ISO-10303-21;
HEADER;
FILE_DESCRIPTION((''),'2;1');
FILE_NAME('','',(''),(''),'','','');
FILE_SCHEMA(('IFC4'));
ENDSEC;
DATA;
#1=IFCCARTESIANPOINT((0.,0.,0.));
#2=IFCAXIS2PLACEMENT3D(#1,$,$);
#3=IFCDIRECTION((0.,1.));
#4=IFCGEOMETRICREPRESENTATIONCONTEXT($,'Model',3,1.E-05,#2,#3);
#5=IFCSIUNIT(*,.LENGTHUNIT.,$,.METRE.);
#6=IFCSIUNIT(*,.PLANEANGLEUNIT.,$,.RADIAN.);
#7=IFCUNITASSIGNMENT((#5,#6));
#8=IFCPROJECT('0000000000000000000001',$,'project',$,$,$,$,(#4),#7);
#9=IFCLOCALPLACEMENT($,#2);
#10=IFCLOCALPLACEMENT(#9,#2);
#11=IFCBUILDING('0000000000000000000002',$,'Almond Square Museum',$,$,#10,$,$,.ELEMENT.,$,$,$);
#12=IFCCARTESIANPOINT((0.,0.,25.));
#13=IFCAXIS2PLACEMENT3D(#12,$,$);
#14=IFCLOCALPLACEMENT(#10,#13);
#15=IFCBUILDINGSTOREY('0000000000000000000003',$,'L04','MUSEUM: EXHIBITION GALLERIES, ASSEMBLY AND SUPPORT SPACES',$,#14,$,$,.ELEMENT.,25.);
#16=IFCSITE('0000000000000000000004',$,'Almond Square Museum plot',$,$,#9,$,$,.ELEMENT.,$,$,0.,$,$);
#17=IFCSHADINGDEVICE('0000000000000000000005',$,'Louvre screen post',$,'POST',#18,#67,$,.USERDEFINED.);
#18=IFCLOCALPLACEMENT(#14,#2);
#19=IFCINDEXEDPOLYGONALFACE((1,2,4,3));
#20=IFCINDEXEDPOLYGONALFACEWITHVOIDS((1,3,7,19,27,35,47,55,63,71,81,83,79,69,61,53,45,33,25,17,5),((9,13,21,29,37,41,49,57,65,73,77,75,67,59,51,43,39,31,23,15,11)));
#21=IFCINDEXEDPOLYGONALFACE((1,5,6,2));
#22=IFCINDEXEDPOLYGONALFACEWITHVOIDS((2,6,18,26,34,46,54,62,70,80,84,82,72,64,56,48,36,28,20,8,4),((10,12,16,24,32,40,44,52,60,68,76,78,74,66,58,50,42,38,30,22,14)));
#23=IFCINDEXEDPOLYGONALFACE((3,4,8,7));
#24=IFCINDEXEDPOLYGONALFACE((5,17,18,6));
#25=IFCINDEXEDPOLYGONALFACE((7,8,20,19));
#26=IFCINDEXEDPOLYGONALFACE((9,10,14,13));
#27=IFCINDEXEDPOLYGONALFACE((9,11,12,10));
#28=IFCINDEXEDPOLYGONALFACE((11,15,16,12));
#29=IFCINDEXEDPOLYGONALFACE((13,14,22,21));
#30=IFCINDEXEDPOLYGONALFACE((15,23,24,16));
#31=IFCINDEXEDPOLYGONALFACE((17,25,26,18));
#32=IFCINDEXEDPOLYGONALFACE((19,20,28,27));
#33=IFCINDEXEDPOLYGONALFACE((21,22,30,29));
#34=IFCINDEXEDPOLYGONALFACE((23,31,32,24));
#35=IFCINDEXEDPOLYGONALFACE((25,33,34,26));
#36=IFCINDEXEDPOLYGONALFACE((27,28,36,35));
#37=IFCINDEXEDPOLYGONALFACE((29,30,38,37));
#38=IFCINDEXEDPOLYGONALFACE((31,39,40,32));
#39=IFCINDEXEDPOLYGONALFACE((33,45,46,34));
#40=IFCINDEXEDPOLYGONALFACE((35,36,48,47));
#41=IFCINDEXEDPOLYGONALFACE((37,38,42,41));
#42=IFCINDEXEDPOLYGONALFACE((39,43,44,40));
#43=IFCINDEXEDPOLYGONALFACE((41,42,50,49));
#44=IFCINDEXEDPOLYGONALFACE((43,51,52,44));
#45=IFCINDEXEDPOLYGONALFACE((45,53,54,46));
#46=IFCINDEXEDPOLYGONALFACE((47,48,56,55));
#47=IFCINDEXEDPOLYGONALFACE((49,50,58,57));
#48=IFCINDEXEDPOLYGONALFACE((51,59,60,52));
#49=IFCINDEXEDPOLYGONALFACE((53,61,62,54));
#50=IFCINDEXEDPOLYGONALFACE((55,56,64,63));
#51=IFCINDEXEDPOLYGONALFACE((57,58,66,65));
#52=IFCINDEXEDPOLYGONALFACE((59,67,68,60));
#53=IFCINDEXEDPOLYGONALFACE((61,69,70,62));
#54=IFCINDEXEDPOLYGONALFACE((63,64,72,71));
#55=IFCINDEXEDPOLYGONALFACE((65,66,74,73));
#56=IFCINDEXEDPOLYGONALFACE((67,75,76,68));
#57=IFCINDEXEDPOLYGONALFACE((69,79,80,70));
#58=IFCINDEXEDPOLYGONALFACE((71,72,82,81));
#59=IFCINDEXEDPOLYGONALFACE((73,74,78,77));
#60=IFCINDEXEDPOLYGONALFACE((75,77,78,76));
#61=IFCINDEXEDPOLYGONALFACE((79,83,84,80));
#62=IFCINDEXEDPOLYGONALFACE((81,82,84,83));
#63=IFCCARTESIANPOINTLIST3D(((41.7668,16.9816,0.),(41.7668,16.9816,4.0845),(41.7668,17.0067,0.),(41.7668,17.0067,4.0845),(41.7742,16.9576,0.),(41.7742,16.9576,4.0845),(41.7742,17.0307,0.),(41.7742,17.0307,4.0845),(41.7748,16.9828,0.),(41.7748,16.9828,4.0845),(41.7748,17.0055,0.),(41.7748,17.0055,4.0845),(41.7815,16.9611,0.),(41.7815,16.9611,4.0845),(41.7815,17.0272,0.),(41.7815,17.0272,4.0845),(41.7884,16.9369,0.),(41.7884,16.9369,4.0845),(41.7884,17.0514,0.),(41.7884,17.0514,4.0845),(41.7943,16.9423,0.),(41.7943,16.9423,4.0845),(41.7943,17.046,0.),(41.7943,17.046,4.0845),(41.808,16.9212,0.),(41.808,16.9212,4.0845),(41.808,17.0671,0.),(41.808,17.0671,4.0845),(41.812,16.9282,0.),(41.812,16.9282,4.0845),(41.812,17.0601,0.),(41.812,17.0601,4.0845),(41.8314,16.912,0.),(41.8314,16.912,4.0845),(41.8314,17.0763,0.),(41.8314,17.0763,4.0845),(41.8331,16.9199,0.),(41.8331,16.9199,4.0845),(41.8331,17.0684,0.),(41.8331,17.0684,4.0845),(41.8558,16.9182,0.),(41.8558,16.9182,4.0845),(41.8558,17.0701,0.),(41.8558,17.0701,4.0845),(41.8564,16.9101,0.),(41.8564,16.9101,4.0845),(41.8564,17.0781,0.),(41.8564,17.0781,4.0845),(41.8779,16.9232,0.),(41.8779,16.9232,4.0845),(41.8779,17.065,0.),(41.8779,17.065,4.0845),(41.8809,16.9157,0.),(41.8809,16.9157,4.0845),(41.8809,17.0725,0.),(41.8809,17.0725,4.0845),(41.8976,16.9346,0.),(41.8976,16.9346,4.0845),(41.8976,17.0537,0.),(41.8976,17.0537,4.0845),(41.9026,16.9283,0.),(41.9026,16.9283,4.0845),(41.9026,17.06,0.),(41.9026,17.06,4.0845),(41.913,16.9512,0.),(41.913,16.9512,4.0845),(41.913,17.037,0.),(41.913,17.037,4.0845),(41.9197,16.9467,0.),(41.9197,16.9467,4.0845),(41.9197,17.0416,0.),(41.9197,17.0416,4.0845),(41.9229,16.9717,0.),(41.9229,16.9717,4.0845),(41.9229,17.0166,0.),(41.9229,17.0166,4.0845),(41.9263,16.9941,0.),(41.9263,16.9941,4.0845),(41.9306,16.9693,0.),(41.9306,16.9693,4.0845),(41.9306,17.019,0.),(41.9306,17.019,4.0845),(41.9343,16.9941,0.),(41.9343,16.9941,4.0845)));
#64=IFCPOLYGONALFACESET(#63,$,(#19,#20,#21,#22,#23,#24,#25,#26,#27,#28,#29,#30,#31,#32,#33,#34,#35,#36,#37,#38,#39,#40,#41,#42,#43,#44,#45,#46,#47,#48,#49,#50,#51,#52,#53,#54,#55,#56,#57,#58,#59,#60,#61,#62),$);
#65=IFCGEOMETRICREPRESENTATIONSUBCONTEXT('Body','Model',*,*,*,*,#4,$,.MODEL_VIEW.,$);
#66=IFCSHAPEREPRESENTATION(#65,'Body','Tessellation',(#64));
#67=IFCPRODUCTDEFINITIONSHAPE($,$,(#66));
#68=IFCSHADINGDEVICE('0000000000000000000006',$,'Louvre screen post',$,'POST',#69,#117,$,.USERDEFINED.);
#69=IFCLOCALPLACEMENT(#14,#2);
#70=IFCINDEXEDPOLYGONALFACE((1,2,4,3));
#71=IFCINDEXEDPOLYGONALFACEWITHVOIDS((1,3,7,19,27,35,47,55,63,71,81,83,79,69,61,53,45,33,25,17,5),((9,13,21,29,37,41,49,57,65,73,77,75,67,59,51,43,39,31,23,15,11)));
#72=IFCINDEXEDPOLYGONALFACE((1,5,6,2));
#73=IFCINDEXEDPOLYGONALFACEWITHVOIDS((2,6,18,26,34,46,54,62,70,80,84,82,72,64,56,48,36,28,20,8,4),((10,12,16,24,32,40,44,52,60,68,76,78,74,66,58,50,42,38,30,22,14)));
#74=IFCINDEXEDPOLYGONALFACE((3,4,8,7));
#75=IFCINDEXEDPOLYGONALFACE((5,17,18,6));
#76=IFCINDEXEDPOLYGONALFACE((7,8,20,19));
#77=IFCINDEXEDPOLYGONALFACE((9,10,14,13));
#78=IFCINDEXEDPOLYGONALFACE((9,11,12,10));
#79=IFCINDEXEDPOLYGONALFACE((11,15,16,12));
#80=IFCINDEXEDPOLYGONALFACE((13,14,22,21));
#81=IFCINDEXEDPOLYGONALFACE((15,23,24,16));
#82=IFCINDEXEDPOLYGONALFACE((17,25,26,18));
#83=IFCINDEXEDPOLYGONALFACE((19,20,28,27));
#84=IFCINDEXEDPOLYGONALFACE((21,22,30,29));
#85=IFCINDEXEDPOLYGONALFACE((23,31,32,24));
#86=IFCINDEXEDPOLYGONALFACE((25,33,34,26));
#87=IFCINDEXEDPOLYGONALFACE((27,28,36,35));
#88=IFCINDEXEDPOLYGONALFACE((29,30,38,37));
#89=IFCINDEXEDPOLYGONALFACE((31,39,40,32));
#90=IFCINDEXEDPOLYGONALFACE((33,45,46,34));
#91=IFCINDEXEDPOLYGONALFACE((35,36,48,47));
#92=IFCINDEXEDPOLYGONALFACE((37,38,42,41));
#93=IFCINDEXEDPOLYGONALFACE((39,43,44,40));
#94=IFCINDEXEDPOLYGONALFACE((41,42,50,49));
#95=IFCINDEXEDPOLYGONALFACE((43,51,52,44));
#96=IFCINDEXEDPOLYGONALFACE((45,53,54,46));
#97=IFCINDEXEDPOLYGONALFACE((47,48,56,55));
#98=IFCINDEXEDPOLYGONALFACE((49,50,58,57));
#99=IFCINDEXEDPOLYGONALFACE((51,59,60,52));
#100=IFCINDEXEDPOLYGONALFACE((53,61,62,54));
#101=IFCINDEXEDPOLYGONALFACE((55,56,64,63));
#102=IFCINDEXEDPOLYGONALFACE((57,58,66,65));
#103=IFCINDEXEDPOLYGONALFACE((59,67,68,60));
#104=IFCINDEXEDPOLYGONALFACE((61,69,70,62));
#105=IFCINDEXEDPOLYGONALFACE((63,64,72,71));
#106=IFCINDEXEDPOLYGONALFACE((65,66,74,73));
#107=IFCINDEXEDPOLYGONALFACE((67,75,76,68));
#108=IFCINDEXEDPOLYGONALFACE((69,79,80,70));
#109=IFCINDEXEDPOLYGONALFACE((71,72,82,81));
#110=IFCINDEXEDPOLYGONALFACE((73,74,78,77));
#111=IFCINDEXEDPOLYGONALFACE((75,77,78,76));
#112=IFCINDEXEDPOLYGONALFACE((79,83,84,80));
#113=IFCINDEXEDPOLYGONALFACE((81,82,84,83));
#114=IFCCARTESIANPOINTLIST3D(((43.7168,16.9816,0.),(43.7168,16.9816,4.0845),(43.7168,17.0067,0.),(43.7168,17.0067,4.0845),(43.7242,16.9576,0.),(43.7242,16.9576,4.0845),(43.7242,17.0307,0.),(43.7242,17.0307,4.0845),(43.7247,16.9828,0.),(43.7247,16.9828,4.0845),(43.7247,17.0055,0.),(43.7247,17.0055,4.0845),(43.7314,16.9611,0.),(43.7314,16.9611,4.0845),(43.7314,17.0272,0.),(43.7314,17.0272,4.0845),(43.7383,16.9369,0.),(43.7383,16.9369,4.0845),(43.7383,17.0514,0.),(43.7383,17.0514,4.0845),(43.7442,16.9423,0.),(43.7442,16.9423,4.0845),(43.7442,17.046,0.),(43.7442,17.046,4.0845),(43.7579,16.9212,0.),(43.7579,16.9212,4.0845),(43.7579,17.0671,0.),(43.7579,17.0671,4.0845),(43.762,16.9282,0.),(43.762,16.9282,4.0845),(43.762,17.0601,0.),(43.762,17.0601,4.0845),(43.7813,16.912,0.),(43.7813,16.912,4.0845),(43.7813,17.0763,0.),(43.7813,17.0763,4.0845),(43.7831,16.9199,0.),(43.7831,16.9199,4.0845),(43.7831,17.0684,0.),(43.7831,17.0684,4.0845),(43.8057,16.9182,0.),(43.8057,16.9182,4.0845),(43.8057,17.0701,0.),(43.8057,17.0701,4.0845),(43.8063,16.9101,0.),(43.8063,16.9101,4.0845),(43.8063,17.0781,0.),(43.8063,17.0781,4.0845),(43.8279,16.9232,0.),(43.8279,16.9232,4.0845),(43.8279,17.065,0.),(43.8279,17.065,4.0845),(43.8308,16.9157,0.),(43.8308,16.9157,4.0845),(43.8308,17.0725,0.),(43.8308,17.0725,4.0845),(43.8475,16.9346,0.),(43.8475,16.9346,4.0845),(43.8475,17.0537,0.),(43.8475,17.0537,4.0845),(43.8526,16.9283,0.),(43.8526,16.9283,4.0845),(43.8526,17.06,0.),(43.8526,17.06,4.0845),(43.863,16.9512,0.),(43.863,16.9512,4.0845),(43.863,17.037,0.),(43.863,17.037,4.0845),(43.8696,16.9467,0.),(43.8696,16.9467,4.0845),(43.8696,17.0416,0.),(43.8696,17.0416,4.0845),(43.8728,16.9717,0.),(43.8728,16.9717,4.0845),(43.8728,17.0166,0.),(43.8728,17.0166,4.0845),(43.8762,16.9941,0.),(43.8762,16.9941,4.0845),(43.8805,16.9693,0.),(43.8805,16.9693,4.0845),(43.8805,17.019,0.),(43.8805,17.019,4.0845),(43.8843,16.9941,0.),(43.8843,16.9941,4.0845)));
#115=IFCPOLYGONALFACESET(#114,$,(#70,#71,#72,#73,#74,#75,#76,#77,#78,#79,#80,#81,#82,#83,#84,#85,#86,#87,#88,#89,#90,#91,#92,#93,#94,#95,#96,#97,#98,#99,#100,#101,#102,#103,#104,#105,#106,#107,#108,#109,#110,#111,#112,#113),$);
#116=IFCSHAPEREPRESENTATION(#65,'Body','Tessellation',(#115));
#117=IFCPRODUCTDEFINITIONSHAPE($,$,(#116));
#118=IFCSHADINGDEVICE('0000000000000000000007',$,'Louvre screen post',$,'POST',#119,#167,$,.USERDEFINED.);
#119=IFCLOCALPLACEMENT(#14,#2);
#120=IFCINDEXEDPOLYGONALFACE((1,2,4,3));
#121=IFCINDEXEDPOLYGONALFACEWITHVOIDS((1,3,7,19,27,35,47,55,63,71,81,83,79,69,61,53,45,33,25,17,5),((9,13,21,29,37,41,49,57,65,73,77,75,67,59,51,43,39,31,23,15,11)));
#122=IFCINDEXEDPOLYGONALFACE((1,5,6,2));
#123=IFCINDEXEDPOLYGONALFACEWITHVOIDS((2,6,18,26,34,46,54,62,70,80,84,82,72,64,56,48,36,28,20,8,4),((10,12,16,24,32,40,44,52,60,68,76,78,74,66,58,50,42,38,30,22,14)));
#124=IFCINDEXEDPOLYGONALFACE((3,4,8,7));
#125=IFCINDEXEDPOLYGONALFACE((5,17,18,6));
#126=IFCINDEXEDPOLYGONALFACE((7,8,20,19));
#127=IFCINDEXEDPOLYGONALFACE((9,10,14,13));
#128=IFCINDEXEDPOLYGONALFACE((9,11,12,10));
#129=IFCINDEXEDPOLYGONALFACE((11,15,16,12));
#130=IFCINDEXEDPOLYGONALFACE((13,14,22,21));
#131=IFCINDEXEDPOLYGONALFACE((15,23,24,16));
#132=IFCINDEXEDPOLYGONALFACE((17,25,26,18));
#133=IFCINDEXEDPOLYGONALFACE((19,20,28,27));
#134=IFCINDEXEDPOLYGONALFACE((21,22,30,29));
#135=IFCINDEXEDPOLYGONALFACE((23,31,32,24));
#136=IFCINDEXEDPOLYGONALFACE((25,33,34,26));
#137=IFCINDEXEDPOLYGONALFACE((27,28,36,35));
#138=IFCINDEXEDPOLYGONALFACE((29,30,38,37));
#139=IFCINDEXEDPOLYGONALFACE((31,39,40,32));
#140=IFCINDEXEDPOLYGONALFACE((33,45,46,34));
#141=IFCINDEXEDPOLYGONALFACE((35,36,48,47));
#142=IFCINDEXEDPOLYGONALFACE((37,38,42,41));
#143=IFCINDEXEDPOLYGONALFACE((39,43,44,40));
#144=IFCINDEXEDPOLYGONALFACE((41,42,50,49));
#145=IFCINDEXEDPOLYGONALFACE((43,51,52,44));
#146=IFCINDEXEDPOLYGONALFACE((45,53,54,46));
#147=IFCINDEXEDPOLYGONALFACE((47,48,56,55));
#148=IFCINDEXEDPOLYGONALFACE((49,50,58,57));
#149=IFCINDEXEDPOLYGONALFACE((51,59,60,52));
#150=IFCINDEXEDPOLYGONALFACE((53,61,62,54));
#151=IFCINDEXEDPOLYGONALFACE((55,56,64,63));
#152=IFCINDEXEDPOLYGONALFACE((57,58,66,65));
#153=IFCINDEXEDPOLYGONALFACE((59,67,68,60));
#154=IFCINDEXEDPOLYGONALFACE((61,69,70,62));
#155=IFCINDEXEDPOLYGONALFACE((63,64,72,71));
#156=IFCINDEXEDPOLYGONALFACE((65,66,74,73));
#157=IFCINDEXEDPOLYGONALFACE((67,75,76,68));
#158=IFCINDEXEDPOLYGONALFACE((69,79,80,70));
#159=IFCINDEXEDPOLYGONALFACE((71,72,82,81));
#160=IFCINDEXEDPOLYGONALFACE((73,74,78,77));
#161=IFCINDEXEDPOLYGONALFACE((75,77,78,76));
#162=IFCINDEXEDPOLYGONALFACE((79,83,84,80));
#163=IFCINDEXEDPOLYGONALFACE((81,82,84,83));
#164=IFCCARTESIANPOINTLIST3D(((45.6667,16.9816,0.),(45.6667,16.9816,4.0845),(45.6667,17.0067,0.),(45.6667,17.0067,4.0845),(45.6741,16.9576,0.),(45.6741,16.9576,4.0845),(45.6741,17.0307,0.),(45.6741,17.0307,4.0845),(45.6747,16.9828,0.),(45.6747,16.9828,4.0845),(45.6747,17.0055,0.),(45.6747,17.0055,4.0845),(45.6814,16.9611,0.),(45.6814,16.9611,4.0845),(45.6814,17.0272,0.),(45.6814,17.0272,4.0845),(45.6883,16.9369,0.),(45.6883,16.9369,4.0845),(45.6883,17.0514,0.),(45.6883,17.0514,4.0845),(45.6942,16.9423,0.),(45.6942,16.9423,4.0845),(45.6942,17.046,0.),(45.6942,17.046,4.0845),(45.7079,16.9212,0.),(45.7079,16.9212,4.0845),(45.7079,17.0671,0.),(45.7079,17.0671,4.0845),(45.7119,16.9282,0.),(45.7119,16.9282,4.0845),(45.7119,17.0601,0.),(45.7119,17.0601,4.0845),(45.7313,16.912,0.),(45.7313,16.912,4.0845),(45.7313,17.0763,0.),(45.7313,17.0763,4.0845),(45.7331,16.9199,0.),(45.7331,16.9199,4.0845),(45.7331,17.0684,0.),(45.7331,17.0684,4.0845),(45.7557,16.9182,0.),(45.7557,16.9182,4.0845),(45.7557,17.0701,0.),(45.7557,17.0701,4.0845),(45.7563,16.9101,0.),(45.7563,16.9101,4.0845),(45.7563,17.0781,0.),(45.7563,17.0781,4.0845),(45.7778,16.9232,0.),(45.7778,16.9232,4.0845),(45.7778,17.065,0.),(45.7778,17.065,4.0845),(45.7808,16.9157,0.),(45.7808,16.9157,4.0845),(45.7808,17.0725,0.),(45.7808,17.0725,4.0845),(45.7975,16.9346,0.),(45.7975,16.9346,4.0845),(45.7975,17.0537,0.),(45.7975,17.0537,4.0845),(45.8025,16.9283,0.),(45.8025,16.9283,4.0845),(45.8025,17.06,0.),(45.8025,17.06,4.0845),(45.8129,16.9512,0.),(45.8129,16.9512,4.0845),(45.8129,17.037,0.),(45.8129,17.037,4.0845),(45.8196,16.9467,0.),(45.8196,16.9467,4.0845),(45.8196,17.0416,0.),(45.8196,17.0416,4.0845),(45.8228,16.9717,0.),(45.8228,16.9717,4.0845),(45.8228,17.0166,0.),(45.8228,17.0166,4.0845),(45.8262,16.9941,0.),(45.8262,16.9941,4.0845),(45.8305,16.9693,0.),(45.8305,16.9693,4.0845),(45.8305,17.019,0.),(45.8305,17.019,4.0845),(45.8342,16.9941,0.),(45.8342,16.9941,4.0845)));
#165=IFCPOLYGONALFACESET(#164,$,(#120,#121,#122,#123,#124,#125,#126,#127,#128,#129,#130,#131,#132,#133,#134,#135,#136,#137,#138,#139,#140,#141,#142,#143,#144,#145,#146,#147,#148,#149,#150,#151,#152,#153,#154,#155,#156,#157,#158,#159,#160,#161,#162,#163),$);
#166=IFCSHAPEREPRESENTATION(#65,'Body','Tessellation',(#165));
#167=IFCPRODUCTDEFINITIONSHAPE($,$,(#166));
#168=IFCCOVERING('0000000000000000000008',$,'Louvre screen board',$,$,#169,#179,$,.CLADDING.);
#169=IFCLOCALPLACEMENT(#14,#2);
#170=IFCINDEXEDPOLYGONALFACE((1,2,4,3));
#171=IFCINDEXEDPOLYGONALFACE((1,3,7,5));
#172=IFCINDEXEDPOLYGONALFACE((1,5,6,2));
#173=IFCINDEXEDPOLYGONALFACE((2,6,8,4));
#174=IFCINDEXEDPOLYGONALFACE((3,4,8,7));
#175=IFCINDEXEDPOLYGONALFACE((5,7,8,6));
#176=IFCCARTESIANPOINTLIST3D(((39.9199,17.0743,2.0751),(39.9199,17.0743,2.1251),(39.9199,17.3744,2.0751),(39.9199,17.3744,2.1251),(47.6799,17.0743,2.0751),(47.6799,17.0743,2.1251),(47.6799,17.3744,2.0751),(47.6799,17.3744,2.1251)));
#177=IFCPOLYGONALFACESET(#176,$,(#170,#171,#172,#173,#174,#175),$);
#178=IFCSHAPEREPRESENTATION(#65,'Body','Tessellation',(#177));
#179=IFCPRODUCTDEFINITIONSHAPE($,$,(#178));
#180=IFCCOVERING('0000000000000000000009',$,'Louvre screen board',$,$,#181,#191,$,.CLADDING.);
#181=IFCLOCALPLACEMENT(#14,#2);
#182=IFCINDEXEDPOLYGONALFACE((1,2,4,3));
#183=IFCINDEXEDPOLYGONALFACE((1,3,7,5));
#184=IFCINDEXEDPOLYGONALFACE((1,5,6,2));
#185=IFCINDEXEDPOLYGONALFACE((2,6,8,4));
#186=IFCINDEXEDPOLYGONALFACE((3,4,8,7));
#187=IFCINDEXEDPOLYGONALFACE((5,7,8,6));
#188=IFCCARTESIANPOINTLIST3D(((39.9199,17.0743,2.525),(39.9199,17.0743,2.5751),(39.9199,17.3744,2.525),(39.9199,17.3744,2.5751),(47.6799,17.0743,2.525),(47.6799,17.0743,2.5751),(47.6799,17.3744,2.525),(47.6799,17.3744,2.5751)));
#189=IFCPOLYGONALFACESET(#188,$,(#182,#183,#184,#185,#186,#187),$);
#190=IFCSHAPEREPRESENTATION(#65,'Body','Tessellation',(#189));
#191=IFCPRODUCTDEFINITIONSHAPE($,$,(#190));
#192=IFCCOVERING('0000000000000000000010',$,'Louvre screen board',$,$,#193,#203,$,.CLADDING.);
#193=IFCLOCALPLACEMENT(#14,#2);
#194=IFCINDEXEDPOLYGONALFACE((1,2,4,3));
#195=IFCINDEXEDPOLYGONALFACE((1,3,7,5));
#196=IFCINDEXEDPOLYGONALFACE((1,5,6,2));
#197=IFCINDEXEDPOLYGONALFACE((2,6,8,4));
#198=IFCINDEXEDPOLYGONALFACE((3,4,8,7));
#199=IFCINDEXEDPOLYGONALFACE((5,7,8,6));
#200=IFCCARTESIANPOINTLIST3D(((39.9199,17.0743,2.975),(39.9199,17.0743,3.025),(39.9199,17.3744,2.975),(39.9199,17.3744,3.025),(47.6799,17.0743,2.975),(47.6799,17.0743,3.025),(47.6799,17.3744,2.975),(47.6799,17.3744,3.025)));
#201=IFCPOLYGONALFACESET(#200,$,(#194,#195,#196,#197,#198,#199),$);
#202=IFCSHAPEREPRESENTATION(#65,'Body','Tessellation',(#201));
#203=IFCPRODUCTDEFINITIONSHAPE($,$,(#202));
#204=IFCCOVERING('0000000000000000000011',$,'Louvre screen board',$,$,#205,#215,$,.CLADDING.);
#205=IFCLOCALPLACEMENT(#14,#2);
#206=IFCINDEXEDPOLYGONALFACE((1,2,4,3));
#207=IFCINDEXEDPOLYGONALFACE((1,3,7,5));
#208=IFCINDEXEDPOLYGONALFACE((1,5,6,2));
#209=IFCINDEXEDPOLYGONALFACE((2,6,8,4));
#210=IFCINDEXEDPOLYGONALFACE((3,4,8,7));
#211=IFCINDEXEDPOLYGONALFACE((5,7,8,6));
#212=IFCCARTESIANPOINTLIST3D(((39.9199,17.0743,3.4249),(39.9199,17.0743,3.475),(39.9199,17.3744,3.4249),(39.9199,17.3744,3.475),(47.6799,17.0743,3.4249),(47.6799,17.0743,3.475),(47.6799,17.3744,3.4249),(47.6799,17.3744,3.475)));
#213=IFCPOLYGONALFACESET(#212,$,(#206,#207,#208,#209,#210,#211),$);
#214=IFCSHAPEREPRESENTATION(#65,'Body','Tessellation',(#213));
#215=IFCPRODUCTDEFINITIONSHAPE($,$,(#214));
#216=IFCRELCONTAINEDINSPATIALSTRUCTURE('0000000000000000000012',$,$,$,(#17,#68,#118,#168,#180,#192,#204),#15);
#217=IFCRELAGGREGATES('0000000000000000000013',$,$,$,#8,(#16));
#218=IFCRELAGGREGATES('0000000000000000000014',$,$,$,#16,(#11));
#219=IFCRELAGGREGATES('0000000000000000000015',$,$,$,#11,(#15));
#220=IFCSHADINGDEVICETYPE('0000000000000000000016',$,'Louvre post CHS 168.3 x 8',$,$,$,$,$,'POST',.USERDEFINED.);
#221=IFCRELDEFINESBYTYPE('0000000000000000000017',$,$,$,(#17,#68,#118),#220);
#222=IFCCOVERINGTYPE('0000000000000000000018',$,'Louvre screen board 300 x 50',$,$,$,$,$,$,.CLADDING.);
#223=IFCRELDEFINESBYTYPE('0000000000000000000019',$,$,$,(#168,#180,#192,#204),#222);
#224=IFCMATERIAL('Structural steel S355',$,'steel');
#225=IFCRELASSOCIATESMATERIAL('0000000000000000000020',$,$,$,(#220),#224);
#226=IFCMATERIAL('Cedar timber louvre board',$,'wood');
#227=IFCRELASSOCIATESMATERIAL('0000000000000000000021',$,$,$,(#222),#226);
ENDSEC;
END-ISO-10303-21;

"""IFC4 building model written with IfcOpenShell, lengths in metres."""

from ifc_helpers import new_model, si_unit, direction, frame, origin, origin_2d, place, context, subcontext, project, spatial, rectangle, hollow_circle, extrude, material, material_profile, profile_set, type_object, element, save


model = new_model("IFC4")

# Units and contexts
model_context = context("Model", 3, precision=1e-05, world=origin(), true_north=direction((0.0, 1.0)))
body_context = subcontext(model_context, "Body", "Model", "MODEL_VIEW")
ifc_project = project(units=[si_unit("LENGTHUNIT", "METRE"), si_unit("PLANEANGLEUNIT", "RADIAN")], contexts=[model_context])

# Site, building, storey
site_placement = place(None, origin())
site = spatial("IfcSite", under=ifc_project, at=site_placement, Name="Almond Square Museum plot", CompositionType="ELEMENT", RefElevation=0.0)
building_placement = place(site_placement, origin())
building = spatial("IfcBuilding", under=site, at=building_placement, Name="Almond Square Museum", CompositionType="ELEMENT")
storey_placement = place(building_placement, frame((0.0, 0.0, 25.0)))
storey = spatial("IfcBuildingStorey", under=building, at=storey_placement, Name="L04", Description="MUSEUM: EXHIBITION GALLERIES, ASSEMBLY AND SUPPORT SPACES", CompositionType="ELEMENT", Elevation=25.0)

# Shading devices
ifc_material_1 = material(Name="Structural steel S355", Category="steel")
ifc_material_profile_1 = material_profile(ifc_material_1, hollow_circle(Radius=0.0842, WallThickness=0.0081, at=origin_2d()))
ifc_profile_set_1 = profile_set([ifc_material_profile_1], Name="Structural steel S355")
shading_device_type_1 = type_object("IfcShadingDeviceType", Name="Louvre post CHS 168.3 x 8", ElementType="POST", PredefinedType="USERDEFINED", material=ifc_profile_set_1)
for number, where, z_axis, x_axis, name in (
    (1, (41.8501, 16.9941, 0.0), (0.0, 0.0, 1.0), (1.0, 0.0, 0.0), "Louvre screen post"),
    (2, (43.8, 16.9941, 0.0), (0.0, 0.0, 1.0), (1.0, 0.0, 0.0), "Louvre screen post"),
    (3, (45.75, 16.9941, 0.0), (0.0, 0.0, 1.0), (1.0, 0.0, 0.0), "Louvre screen post"),
):
    element("IfcShadingDevice", number, at=place(storey_placement, frame(where, z_axis=z_axis, x_axis=x_axis)), inside=storey, type_object=shading_device_type_1, Name=name, ObjectType="POST", PredefinedType="USERDEFINED", context=body_context, shape_type="SweptSolid", body=[
        extrude(hollow_circle(Radius=0.0842, WallThickness=0.0081, at=origin_2d()), origin(), (0.0, 0.0, 1.0), 4.0845),
    ])

# Coverings
ifc_material_2 = material(Name="Cedar timber louvre board", Category="wood")
ifc_material_profile_2 = material_profile(ifc_material_2, rectangle(XDim=0.3, YDim=0.05, at=origin_2d()))
ifc_profile_set_2 = profile_set([ifc_material_profile_2], Name="Cedar timber louvre board")
covering_type = type_object("IfcCoveringType", Name="Louvre screen board 300 x 50", PredefinedType="CLADDING", material=ifc_profile_set_2)
for number, where, z_axis, x_axis, name in (
    (4, (39.9199, 17.2244, 2.1001), (1.0, 0.0, 0.0), (0.0, 1.0, 0.0), "Louvre screen board"),
    (5, (39.9199, 17.2244, 2.55), (1.0, 0.0, 0.0), (0.0, 1.0, 0.0), "Louvre screen board"),
    (6, (39.9199, 17.2244, 3.0), (1.0, 0.0, 0.0), (0.0, 1.0, 0.0), "Louvre screen board"),
    (7, (39.9199, 17.2244, 3.45), (1.0, 0.0, 0.0), (0.0, 1.0, 0.0), "Louvre screen board"),
):
    element("IfcCovering", number, at=place(storey_placement, frame(where, z_axis=z_axis, x_axis=x_axis)), inside=storey, type_object=covering_type, Name=name, PredefinedType="CLADDING", context=body_context, shape_type="SweptSolid", body=[
        extrude(rectangle(XDim=0.3, YDim=0.05, at=origin_2d()), origin(), (0.0, 0.0, 1.0), 7.76),
    ])

save(model, "model.ifc")
